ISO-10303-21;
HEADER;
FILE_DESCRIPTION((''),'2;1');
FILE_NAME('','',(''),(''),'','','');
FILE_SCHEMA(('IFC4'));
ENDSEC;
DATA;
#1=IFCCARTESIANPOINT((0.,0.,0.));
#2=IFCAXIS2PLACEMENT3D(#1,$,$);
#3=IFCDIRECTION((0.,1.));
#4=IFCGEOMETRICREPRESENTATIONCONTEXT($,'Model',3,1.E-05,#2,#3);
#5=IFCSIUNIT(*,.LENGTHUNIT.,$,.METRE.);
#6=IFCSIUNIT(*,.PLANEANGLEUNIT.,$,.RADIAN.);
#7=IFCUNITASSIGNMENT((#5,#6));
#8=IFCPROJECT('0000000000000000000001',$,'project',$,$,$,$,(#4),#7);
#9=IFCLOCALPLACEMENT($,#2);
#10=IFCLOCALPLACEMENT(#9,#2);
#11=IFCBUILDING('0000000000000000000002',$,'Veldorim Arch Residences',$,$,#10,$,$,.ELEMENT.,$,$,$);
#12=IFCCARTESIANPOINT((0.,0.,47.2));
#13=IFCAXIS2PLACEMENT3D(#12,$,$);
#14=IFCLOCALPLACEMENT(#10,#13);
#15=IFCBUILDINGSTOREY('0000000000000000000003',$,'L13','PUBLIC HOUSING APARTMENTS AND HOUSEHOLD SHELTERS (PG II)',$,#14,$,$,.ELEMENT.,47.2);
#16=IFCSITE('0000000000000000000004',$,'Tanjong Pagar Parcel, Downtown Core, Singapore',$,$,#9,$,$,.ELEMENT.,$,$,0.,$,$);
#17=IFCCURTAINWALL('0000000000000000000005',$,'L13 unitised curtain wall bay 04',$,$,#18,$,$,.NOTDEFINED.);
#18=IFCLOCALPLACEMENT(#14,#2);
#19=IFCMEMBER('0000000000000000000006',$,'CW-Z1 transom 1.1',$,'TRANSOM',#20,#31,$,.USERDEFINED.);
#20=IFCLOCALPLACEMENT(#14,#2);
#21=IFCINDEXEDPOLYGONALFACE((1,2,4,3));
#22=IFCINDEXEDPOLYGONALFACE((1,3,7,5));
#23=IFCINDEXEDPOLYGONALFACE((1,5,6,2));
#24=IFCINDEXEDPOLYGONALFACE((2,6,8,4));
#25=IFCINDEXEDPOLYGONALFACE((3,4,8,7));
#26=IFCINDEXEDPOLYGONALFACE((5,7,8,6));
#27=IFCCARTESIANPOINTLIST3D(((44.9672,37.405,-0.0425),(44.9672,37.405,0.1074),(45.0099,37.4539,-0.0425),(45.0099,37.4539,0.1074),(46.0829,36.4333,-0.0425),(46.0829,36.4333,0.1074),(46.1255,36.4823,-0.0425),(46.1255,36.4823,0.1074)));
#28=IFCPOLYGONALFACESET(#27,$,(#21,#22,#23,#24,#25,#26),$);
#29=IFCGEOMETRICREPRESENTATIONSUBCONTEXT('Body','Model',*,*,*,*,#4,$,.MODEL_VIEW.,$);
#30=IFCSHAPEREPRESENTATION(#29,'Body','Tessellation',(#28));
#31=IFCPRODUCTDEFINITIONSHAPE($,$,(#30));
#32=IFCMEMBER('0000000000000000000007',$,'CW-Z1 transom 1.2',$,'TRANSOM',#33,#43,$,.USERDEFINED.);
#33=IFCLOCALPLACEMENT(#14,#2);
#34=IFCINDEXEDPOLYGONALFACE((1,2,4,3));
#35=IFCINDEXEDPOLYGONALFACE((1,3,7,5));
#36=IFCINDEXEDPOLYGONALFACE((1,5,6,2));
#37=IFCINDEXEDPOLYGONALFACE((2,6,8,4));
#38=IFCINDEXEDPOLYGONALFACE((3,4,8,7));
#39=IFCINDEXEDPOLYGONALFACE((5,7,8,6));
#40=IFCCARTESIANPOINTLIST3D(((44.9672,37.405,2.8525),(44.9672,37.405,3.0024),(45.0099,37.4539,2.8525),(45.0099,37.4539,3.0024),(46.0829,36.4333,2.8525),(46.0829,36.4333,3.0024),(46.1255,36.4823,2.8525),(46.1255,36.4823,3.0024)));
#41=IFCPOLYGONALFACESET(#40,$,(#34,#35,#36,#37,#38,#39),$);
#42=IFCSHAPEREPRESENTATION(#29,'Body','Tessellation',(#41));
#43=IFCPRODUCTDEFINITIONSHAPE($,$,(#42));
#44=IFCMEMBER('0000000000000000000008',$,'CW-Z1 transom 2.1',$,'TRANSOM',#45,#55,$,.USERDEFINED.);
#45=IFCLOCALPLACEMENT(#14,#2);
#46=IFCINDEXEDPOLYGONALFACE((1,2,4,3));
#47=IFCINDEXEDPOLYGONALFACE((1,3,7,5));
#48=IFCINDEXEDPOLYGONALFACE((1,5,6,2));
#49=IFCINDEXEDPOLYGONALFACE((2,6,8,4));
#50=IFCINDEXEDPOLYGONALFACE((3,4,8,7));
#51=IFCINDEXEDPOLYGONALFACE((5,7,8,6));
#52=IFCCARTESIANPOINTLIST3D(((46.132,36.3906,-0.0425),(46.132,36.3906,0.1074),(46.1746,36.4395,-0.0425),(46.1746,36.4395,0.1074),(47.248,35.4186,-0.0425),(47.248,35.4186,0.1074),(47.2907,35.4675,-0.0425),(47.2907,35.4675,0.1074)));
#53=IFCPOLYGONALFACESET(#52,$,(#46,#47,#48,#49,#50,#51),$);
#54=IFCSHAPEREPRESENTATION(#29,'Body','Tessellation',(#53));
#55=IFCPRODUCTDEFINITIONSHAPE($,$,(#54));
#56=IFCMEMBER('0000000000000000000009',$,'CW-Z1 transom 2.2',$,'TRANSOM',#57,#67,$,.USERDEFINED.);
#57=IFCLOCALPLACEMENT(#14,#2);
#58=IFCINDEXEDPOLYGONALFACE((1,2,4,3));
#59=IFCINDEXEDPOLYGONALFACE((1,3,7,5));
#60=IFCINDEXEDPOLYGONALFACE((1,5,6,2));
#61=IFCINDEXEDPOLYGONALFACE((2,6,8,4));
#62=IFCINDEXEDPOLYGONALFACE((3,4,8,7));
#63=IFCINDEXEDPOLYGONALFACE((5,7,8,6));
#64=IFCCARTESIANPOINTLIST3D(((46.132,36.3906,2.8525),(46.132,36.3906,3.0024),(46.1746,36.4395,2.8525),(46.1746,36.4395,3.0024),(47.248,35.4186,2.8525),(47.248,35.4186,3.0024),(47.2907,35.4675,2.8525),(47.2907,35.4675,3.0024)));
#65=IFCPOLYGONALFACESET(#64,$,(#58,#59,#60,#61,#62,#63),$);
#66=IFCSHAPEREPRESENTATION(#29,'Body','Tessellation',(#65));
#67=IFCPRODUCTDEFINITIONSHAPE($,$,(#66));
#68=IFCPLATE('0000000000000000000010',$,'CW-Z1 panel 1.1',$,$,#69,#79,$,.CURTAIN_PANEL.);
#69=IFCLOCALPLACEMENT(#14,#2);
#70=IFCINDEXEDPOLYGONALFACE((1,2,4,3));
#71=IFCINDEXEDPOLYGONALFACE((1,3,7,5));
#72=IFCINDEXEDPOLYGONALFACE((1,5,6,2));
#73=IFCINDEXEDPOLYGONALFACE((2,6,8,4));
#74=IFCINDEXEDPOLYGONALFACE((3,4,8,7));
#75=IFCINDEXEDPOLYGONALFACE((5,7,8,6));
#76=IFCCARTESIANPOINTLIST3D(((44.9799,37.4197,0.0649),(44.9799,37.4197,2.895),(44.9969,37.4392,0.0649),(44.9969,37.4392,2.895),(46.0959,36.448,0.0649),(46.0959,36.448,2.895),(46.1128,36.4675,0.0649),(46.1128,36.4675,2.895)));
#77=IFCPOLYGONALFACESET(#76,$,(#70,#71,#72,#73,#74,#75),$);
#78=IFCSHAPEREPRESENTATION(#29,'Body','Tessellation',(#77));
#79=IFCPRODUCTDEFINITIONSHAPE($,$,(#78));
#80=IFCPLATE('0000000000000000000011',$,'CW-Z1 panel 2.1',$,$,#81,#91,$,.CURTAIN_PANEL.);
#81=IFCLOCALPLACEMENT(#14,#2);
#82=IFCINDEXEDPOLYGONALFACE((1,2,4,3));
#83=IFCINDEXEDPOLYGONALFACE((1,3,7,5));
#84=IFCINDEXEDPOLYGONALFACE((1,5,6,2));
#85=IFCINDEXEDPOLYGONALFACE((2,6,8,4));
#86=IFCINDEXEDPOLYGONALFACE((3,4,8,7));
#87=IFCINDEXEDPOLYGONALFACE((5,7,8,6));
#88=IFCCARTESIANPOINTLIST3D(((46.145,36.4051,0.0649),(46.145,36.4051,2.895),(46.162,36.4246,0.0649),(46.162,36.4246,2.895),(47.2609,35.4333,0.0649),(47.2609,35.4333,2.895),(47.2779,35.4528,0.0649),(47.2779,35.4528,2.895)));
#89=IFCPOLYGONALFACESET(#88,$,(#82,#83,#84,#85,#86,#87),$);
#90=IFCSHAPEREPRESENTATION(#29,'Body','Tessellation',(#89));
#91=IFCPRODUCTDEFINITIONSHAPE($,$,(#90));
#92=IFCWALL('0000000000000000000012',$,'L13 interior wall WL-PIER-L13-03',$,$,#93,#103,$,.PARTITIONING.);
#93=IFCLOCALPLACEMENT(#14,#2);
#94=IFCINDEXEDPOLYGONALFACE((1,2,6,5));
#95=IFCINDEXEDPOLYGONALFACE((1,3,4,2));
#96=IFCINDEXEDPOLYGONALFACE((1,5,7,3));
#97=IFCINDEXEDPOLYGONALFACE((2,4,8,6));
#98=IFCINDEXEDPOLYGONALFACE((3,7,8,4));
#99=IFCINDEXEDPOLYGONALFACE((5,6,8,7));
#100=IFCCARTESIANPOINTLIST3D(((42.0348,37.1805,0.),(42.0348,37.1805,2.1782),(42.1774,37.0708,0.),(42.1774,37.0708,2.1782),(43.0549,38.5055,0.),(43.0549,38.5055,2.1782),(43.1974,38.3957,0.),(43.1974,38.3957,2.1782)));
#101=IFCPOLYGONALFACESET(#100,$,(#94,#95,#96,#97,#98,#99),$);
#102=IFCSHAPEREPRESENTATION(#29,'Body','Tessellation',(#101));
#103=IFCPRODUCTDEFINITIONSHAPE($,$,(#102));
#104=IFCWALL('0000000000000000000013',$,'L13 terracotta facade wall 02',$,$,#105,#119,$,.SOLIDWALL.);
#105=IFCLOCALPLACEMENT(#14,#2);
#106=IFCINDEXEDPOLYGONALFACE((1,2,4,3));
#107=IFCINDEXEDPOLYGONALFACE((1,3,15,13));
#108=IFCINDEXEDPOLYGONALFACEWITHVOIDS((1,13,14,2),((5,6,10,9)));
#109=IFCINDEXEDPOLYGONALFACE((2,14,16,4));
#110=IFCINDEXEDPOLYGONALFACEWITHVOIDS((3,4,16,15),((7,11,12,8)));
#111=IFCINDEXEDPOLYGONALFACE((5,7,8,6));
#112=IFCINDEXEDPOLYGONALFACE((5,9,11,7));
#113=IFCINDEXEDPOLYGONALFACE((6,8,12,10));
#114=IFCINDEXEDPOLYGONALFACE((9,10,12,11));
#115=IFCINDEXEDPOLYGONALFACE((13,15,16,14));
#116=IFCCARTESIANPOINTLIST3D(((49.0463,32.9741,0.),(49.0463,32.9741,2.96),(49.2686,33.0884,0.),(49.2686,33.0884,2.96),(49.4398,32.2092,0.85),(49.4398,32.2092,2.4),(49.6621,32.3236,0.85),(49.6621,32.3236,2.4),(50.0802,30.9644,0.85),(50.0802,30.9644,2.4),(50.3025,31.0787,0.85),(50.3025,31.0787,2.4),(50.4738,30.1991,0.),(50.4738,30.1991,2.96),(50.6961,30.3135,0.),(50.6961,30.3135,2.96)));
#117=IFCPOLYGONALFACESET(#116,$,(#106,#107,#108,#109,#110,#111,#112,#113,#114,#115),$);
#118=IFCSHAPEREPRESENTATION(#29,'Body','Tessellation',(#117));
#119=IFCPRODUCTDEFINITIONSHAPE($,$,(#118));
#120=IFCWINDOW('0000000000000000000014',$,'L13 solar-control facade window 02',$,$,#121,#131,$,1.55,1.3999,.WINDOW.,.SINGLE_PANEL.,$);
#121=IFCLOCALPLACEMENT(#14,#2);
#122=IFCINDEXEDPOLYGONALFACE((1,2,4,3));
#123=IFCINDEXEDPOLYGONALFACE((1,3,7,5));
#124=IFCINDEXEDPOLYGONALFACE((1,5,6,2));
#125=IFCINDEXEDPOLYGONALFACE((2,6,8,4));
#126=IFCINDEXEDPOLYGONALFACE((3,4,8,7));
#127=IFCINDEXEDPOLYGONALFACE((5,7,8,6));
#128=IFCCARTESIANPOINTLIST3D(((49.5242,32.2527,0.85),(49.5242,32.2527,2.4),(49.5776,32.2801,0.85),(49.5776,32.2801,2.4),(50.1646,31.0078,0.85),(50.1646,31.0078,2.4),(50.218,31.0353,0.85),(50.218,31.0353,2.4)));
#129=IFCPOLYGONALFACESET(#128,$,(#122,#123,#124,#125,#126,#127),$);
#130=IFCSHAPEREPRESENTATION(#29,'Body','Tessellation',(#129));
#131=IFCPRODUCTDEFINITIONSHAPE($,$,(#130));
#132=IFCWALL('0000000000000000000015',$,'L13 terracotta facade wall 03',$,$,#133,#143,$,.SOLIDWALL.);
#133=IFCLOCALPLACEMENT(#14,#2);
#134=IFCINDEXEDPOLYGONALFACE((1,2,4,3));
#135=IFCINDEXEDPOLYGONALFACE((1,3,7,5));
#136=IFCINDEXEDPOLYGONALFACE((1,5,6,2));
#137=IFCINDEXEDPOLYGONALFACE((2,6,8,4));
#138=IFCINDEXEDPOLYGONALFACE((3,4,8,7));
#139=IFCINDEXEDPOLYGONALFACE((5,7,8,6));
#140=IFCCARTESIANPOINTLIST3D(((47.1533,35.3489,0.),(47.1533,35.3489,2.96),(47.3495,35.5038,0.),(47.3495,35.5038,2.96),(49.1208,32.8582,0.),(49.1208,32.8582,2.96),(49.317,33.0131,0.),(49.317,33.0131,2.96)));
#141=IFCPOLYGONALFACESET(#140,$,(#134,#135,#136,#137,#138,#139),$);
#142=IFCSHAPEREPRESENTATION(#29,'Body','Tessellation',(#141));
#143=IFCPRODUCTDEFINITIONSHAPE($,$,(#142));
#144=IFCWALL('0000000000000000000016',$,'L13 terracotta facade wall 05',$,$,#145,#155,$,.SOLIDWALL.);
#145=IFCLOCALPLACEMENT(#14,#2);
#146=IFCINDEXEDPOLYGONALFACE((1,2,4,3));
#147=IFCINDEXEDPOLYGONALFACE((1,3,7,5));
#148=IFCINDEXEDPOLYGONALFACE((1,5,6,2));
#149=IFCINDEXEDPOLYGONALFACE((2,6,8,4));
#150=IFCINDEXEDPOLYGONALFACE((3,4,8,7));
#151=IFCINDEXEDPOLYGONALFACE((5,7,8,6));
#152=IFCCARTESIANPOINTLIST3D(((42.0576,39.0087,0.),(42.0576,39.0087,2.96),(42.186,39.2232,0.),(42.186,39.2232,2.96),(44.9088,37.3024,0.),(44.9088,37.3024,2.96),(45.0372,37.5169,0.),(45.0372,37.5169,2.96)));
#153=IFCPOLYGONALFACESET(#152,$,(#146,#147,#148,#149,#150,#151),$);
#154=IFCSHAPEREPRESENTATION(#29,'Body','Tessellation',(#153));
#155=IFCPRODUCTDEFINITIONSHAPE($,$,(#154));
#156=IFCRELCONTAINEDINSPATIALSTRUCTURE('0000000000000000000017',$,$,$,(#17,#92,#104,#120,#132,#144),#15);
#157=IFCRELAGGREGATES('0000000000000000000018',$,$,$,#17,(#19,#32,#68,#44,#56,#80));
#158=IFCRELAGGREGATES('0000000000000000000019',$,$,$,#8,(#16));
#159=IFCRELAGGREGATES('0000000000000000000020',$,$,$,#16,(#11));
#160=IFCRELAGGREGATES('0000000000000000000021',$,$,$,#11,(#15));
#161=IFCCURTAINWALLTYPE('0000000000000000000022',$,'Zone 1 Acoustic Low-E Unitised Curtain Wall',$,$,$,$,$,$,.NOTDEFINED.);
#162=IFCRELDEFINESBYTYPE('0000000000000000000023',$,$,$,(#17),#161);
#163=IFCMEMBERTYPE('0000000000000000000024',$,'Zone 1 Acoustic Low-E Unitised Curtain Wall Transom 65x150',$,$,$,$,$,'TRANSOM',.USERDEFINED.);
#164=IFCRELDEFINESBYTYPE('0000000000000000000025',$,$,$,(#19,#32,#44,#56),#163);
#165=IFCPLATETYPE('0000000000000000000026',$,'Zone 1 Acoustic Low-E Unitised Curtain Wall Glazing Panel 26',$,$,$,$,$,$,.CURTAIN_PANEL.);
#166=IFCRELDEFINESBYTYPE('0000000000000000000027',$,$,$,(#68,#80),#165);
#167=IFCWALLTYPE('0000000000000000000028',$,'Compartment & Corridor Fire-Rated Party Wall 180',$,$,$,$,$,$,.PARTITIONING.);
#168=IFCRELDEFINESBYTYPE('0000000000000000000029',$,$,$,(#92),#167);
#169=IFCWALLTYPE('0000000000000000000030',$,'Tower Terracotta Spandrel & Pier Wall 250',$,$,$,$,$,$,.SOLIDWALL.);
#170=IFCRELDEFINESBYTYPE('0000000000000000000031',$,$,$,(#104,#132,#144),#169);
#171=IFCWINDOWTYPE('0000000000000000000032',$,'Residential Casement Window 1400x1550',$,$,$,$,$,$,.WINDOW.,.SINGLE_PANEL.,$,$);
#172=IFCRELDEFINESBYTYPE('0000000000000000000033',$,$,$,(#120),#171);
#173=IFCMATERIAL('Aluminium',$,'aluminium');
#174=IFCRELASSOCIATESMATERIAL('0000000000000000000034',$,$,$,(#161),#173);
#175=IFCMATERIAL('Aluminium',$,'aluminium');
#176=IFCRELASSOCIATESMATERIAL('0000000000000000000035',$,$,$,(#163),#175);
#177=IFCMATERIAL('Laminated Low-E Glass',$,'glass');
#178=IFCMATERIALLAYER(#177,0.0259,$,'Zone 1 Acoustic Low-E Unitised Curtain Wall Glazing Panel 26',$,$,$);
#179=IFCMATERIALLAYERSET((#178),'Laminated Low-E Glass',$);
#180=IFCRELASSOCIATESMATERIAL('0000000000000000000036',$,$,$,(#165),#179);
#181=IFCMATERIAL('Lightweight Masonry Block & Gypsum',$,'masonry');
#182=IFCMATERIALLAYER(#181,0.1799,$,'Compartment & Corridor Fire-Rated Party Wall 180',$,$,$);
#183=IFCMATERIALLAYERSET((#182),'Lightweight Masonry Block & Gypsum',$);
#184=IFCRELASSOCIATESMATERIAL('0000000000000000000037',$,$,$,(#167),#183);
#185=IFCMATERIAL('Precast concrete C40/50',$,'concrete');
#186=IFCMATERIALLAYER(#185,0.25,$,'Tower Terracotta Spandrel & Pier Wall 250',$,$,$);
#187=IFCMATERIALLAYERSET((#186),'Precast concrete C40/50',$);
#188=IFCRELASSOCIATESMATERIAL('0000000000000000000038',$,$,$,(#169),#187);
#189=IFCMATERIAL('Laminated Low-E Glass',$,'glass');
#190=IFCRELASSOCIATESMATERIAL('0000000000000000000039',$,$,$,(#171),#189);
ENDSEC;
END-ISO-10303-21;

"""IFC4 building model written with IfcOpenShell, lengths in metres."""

from ifc_helpers import new_model, si_unit, direction, frame, frame_2d, origin, origin_2d, place, context, subcontext, project, spatial, rectangle, extrude, material, layer, layer_set, material_profile, profile_set, type_object, element, fill, aggregate, save


model = new_model("IFC4")

# Units and contexts
model_context = context("Model", 3, precision=1e-05, world=origin(), true_north=direction((0.0, 1.0)))
body_context = subcontext(model_context, "Body", "Model", "MODEL_VIEW")
ifc_project = project(units=[si_unit("LENGTHUNIT", "METRE"), si_unit("PLANEANGLEUNIT", "RADIAN")], contexts=[model_context])

# Site, building, storey
site_placement = place(None, origin())
site = spatial("IfcSite", under=ifc_project, at=site_placement, Name="Tanjong Pagar Parcel, Downtown Core, Singapore", CompositionType="ELEMENT", RefElevation=0.0)
building_placement = place(site_placement, origin())
building = spatial("IfcBuilding", under=site, at=building_placement, Name="Veldorim Arch Residences", CompositionType="ELEMENT")
storey_placement = place(building_placement, frame((0.0, 0.0, 47.2)))
storey = spatial("IfcBuildingStorey", under=building, at=storey_placement, Name="L13", Description="PUBLIC HOUSING APARTMENTS AND HOUSEHOLD SHELTERS (PG II)", CompositionType="ELEMENT", Elevation=47.2)

# Curtain wall, members, plates
ifc_material_1 = material(Name="Aluminium", Category="aluminium")
curtain_wall_type = type_object("IfcCurtainWallType", Name="Zone 1 Acoustic Low-E Unitised Curtain Wall", PredefinedType="NOTDEFINED", material=ifc_material_1)
curtain_wall_placement = place(storey_placement, origin())
curtain_wall = element("IfcCurtainWall", 1, at=curtain_wall_placement, inside=storey, type_object=curtain_wall_type, Name="L13 unitised curtain wall bay 04", PredefinedType="NOTDEFINED")
ifc_material_2 = material(Name="Aluminium", Category="aluminium")
ifc_material_profile_1 = material_profile(ifc_material_2, rectangle(XDim=0.0649, YDim=0.1499, at=origin_2d()), Name="ALU_TRN_65x150")
ifc_profile_set_1 = profile_set([ifc_material_profile_1], Name="Aluminium")
member_type_1 = type_object("IfcMemberType", Name="Zone 1 Acoustic Low-E Unitised Curtain Wall Transom 65x150", ElementType="TRANSOM", PredefinedType="USERDEFINED", material=ifc_profile_set_1)
member_1_placement = place(storey_placement, frame((44.9885, 37.4294, 0.0325), z_axis=(0.754108, -0.65675, 0.0), x_axis=(0.65675, 0.754108, 0.0)))
member_1 = element("IfcMember", 2, at=member_1_placement, type_object=member_type_1, Name="CW-Z1 transom 1.1", ObjectType="TRANSOM", PredefinedType="USERDEFINED", context=body_context, shape_type="SweptSolid", body=[
    extrude(rectangle(XDim=0.0649, YDim=0.1499, at=origin_2d()), origin(), (0.0, 0.0, 1.0), 1.4795),
])
member_2_placement = place(storey_placement, frame((44.9885, 37.4294, 2.9275), z_axis=(0.754108, -0.65675, 0.0), x_axis=(0.65675, 0.754108, 0.0)))
member_2 = element("IfcMember", 3, at=member_2_placement, type_object=member_type_1, Name="CW-Z1 transom 1.2", ObjectType="TRANSOM", PredefinedType="USERDEFINED", context=body_context, shape_type="SweptSolid", body=[
    extrude(rectangle(XDim=0.0649, YDim=0.1499, at=origin_2d()), origin(), (0.0, 0.0, 1.0), 1.4795),
])
member_3_placement = place(storey_placement, frame((46.1533, 36.415, 0.0325), z_axis=(0.754097, -0.656763, 0.0), x_axis=(0.656763, 0.754097, 0.0)))
member_3 = element("IfcMember", 4, at=member_3_placement, type_object=member_type_1, Name="CW-Z1 transom 2.1", ObjectType="TRANSOM", PredefinedType="USERDEFINED", context=body_context, shape_type="SweptSolid", body=[
    extrude(rectangle(XDim=0.0649, YDim=0.1499, at=origin_2d()), origin(), (0.0, 0.0, 1.0), 1.48),
])
member_4_placement = place(storey_placement, frame((46.1533, 36.415, 2.9275), z_axis=(0.754097, -0.656763, 0.0), x_axis=(0.656763, 0.754097, 0.0)))
member_4 = element("IfcMember", 5, at=member_4_placement, type_object=member_type_1, Name="CW-Z1 transom 2.2", ObjectType="TRANSOM", PredefinedType="USERDEFINED", context=body_context, shape_type="SweptSolid", body=[
    extrude(rectangle(XDim=0.0649, YDim=0.1499, at=origin_2d()), origin(), (0.0, 0.0, 1.0), 1.48),
])
ifc_material_3 = material(Name="Laminated Low-E Glass", Category="glass")
ifc_layer_1 = layer(ifc_material_3, 0.0259, Name="Zone 1 Acoustic Low-E Unitised Curtain Wall Glazing Panel 26")
ifc_layer_set_1 = layer_set([ifc_layer_1], Name="Laminated Low-E Glass")
plate_type = type_object("IfcPlateType", Name="Zone 1 Acoustic Low-E Unitised Curtain Wall Glazing Panel 26", PredefinedType="CURTAIN_PANEL", material=ifc_layer_set_1)
plate_1_placement = place(storey_placement, frame((45.5464, 36.9436, 0.0649), z_axis=(0.0, 0.0, 1.0), x_axis=(0.754136, -0.656719, 0.0)))
plate_1 = element("IfcPlate", 6, at=plate_1_placement, type_object=plate_type, Name="CW-Z1 panel 1.1", PredefinedType="CURTAIN_PANEL", context=body_context, shape_type="SweptSolid", body=[
    extrude(rectangle(XDim=1.4797, YDim=0.0259, at=origin_2d()), origin(), (0.0, 0.0, 1.0), 2.8301),
])
plate_2_placement = place(storey_placement, frame((46.7114, 35.929, 0.0649), z_axis=(0.0, 0.0, 1.0), x_axis=(0.754136, -0.656719, 0.0)))
plate_2 = element("IfcPlate", 7, at=plate_2_placement, type_object=plate_type, Name="CW-Z1 panel 2.1", PredefinedType="CURTAIN_PANEL", context=body_context, shape_type="SweptSolid", body=[
    extrude(rectangle(XDim=1.4797, YDim=0.0259, at=origin_2d()), origin(), (0.0, 0.0, 1.0), 2.8301),
])
aggregate(curtain_wall, [member_1, member_2, plate_1, member_3, member_4, plate_2])

# Wall
ifc_material_4 = material(Name="Lightweight Masonry Block & Gypsum", Category="masonry")
ifc_layer_2 = layer(ifc_material_4, 0.1799, Name="Compartment & Corridor Fire-Rated Party Wall 180")
ifc_layer_set_2 = layer_set([ifc_layer_2], Name="Lightweight Masonry Block & Gypsum")
wall_type_1 = type_object("IfcWallType", Name="Compartment & Corridor Fire-Rated Party Wall 180", PredefinedType="PARTITIONING", material=ifc_layer_set_2)
wall_1_placement = place(storey_placement, frame((42.1062, 37.1257, 0.0), z_axis=(0.0, 0.0, 1.0), x_axis=(0.610021, 0.792385, 0.0)))
element("IfcWall", 8, at=wall_1_placement, inside=storey, type_object=wall_type_1, Name="L13 interior wall WL-PIER-L13-03", PredefinedType="PARTITIONING", context=body_context, shape_type="SweptSolid", body=[
    extrude(rectangle(XDim=1.6721, YDim=0.1799, at=frame_2d((0.8359, 0.0))), origin(), (0.0, 0.0, 1.0), 2.1782),
])

# Wall, opening, window
ifc_material_5 = material(Name="Precast concrete C40/50", Category="concrete")
ifc_layer_3 = layer(ifc_material_5, 0.25, Name="Tower Terracotta Spandrel & Pier Wall 250")
ifc_layer_set_3 = layer_set([ifc_layer_3], Name="Precast concrete C40/50")
wall_type_2 = type_object("IfcWallType", Name="Tower Terracotta Spandrel & Pier Wall 250", PredefinedType="SOLIDWALL", material=ifc_layer_set_3)
wall_2_placement = place(storey_placement, frame((49.1575, 33.0312, 0.0), z_axis=(0.0, 0.0, 1.0), x_axis=(0.457449, -0.889236, 0.0)))
wall_2 = element("IfcWall", 9, at=wall_2_placement, inside=storey, type_object=wall_type_2, Name="L13 terracotta facade wall 02", PredefinedType="SOLIDWALL", context=body_context, shape_type="SweptSolid", body=[
    extrude(rectangle(XDim=3.1206, YDim=0.25, at=frame_2d((1.5603, 0.0))), origin(), (0.0, 0.0, 1.0), 2.96),
])
opening_1_placement = place(wall_2_placement, frame((0.8601, 0.0, 0.8501)))
opening_1 = element("IfcOpeningElement", 10, at=opening_1_placement, cuts=wall_2, PredefinedType="OPENING", context=body_context, shape_type="SweptSolid", body=[
    extrude(rectangle(XDim=1.3999, YDim=1.55, at=frame_2d((0.7, 0.7749))), frame((0.0, 0.135, 0.0), z_axis=(0.0, -1.0, 0.0), x_axis=(1.0, 0.0, 0.0)), (0.0, 0.0, 1.0), 0.27),
])
ifc_material_6 = material(Name="Laminated Low-E Glass", Category="glass")
window_type = type_object("IfcWindowType", Name="Residential Casement Window 1400x1550", PartitioningType="SINGLE_PANEL", PredefinedType="WINDOW", material=ifc_material_6)
window_placement = place(opening_1_placement, origin())
window = element("IfcWindow", 11, at=window_placement, inside=storey, type_object=window_type, Name="L13 solar-control facade window 02", OverallHeight=1.55, OverallWidth=1.3999, PartitioningType="SINGLE_PANEL", PredefinedType="WINDOW", context=body_context, shape_type="SweptSolid", body=[
    extrude(rectangle(XDim=1.3999, YDim=1.55, at=frame_2d((0.7, 0.7749))), frame((0.0, 0.03, 0.0), z_axis=(0.0, -1.0, 0.0), x_axis=(1.0, 0.0, 0.0)), (0.0, 0.0, 1.0), 0.0601),
])
fill(opening_1, window)

# Walls
wall_3_placement = place(storey_placement, frame((47.2515, 35.4263, 0.0), z_axis=(0.0, 0.0, 1.0), x_axis=(0.619871, -0.784704, 0.0)))
element("IfcWall", 12, at=wall_3_placement, inside=storey, type_object=wall_type_2, Name="L13 terracotta facade wall 03", PredefinedType="SOLIDWALL", context=body_context, shape_type="SweptSolid", body=[
    extrude(rectangle(XDim=3.1741, YDim=0.25, at=frame_2d((1.5869, 0.0))), origin(), (0.0, 0.0, 1.0), 2.96),
])
wall_4_placement = place(storey_placement, frame((42.1218, 39.116, 0.0), z_axis=(0.0, 0.0, 1.0), x_axis=(0.858069, -0.513534, 0.0)))
element("IfcWall", 13, at=wall_4_placement, inside=storey, type_object=wall_type_2, Name="L13 terracotta facade wall 05", PredefinedType="SOLIDWALL", context=body_context, shape_type="SweptSolid", body=[
    extrude(rectangle(XDim=3.3228, YDim=0.25, at=frame_2d((1.6614, 0.0))), origin(), (0.0, 0.0, 1.0), 2.96),
])

save(model, "model.ifc")
